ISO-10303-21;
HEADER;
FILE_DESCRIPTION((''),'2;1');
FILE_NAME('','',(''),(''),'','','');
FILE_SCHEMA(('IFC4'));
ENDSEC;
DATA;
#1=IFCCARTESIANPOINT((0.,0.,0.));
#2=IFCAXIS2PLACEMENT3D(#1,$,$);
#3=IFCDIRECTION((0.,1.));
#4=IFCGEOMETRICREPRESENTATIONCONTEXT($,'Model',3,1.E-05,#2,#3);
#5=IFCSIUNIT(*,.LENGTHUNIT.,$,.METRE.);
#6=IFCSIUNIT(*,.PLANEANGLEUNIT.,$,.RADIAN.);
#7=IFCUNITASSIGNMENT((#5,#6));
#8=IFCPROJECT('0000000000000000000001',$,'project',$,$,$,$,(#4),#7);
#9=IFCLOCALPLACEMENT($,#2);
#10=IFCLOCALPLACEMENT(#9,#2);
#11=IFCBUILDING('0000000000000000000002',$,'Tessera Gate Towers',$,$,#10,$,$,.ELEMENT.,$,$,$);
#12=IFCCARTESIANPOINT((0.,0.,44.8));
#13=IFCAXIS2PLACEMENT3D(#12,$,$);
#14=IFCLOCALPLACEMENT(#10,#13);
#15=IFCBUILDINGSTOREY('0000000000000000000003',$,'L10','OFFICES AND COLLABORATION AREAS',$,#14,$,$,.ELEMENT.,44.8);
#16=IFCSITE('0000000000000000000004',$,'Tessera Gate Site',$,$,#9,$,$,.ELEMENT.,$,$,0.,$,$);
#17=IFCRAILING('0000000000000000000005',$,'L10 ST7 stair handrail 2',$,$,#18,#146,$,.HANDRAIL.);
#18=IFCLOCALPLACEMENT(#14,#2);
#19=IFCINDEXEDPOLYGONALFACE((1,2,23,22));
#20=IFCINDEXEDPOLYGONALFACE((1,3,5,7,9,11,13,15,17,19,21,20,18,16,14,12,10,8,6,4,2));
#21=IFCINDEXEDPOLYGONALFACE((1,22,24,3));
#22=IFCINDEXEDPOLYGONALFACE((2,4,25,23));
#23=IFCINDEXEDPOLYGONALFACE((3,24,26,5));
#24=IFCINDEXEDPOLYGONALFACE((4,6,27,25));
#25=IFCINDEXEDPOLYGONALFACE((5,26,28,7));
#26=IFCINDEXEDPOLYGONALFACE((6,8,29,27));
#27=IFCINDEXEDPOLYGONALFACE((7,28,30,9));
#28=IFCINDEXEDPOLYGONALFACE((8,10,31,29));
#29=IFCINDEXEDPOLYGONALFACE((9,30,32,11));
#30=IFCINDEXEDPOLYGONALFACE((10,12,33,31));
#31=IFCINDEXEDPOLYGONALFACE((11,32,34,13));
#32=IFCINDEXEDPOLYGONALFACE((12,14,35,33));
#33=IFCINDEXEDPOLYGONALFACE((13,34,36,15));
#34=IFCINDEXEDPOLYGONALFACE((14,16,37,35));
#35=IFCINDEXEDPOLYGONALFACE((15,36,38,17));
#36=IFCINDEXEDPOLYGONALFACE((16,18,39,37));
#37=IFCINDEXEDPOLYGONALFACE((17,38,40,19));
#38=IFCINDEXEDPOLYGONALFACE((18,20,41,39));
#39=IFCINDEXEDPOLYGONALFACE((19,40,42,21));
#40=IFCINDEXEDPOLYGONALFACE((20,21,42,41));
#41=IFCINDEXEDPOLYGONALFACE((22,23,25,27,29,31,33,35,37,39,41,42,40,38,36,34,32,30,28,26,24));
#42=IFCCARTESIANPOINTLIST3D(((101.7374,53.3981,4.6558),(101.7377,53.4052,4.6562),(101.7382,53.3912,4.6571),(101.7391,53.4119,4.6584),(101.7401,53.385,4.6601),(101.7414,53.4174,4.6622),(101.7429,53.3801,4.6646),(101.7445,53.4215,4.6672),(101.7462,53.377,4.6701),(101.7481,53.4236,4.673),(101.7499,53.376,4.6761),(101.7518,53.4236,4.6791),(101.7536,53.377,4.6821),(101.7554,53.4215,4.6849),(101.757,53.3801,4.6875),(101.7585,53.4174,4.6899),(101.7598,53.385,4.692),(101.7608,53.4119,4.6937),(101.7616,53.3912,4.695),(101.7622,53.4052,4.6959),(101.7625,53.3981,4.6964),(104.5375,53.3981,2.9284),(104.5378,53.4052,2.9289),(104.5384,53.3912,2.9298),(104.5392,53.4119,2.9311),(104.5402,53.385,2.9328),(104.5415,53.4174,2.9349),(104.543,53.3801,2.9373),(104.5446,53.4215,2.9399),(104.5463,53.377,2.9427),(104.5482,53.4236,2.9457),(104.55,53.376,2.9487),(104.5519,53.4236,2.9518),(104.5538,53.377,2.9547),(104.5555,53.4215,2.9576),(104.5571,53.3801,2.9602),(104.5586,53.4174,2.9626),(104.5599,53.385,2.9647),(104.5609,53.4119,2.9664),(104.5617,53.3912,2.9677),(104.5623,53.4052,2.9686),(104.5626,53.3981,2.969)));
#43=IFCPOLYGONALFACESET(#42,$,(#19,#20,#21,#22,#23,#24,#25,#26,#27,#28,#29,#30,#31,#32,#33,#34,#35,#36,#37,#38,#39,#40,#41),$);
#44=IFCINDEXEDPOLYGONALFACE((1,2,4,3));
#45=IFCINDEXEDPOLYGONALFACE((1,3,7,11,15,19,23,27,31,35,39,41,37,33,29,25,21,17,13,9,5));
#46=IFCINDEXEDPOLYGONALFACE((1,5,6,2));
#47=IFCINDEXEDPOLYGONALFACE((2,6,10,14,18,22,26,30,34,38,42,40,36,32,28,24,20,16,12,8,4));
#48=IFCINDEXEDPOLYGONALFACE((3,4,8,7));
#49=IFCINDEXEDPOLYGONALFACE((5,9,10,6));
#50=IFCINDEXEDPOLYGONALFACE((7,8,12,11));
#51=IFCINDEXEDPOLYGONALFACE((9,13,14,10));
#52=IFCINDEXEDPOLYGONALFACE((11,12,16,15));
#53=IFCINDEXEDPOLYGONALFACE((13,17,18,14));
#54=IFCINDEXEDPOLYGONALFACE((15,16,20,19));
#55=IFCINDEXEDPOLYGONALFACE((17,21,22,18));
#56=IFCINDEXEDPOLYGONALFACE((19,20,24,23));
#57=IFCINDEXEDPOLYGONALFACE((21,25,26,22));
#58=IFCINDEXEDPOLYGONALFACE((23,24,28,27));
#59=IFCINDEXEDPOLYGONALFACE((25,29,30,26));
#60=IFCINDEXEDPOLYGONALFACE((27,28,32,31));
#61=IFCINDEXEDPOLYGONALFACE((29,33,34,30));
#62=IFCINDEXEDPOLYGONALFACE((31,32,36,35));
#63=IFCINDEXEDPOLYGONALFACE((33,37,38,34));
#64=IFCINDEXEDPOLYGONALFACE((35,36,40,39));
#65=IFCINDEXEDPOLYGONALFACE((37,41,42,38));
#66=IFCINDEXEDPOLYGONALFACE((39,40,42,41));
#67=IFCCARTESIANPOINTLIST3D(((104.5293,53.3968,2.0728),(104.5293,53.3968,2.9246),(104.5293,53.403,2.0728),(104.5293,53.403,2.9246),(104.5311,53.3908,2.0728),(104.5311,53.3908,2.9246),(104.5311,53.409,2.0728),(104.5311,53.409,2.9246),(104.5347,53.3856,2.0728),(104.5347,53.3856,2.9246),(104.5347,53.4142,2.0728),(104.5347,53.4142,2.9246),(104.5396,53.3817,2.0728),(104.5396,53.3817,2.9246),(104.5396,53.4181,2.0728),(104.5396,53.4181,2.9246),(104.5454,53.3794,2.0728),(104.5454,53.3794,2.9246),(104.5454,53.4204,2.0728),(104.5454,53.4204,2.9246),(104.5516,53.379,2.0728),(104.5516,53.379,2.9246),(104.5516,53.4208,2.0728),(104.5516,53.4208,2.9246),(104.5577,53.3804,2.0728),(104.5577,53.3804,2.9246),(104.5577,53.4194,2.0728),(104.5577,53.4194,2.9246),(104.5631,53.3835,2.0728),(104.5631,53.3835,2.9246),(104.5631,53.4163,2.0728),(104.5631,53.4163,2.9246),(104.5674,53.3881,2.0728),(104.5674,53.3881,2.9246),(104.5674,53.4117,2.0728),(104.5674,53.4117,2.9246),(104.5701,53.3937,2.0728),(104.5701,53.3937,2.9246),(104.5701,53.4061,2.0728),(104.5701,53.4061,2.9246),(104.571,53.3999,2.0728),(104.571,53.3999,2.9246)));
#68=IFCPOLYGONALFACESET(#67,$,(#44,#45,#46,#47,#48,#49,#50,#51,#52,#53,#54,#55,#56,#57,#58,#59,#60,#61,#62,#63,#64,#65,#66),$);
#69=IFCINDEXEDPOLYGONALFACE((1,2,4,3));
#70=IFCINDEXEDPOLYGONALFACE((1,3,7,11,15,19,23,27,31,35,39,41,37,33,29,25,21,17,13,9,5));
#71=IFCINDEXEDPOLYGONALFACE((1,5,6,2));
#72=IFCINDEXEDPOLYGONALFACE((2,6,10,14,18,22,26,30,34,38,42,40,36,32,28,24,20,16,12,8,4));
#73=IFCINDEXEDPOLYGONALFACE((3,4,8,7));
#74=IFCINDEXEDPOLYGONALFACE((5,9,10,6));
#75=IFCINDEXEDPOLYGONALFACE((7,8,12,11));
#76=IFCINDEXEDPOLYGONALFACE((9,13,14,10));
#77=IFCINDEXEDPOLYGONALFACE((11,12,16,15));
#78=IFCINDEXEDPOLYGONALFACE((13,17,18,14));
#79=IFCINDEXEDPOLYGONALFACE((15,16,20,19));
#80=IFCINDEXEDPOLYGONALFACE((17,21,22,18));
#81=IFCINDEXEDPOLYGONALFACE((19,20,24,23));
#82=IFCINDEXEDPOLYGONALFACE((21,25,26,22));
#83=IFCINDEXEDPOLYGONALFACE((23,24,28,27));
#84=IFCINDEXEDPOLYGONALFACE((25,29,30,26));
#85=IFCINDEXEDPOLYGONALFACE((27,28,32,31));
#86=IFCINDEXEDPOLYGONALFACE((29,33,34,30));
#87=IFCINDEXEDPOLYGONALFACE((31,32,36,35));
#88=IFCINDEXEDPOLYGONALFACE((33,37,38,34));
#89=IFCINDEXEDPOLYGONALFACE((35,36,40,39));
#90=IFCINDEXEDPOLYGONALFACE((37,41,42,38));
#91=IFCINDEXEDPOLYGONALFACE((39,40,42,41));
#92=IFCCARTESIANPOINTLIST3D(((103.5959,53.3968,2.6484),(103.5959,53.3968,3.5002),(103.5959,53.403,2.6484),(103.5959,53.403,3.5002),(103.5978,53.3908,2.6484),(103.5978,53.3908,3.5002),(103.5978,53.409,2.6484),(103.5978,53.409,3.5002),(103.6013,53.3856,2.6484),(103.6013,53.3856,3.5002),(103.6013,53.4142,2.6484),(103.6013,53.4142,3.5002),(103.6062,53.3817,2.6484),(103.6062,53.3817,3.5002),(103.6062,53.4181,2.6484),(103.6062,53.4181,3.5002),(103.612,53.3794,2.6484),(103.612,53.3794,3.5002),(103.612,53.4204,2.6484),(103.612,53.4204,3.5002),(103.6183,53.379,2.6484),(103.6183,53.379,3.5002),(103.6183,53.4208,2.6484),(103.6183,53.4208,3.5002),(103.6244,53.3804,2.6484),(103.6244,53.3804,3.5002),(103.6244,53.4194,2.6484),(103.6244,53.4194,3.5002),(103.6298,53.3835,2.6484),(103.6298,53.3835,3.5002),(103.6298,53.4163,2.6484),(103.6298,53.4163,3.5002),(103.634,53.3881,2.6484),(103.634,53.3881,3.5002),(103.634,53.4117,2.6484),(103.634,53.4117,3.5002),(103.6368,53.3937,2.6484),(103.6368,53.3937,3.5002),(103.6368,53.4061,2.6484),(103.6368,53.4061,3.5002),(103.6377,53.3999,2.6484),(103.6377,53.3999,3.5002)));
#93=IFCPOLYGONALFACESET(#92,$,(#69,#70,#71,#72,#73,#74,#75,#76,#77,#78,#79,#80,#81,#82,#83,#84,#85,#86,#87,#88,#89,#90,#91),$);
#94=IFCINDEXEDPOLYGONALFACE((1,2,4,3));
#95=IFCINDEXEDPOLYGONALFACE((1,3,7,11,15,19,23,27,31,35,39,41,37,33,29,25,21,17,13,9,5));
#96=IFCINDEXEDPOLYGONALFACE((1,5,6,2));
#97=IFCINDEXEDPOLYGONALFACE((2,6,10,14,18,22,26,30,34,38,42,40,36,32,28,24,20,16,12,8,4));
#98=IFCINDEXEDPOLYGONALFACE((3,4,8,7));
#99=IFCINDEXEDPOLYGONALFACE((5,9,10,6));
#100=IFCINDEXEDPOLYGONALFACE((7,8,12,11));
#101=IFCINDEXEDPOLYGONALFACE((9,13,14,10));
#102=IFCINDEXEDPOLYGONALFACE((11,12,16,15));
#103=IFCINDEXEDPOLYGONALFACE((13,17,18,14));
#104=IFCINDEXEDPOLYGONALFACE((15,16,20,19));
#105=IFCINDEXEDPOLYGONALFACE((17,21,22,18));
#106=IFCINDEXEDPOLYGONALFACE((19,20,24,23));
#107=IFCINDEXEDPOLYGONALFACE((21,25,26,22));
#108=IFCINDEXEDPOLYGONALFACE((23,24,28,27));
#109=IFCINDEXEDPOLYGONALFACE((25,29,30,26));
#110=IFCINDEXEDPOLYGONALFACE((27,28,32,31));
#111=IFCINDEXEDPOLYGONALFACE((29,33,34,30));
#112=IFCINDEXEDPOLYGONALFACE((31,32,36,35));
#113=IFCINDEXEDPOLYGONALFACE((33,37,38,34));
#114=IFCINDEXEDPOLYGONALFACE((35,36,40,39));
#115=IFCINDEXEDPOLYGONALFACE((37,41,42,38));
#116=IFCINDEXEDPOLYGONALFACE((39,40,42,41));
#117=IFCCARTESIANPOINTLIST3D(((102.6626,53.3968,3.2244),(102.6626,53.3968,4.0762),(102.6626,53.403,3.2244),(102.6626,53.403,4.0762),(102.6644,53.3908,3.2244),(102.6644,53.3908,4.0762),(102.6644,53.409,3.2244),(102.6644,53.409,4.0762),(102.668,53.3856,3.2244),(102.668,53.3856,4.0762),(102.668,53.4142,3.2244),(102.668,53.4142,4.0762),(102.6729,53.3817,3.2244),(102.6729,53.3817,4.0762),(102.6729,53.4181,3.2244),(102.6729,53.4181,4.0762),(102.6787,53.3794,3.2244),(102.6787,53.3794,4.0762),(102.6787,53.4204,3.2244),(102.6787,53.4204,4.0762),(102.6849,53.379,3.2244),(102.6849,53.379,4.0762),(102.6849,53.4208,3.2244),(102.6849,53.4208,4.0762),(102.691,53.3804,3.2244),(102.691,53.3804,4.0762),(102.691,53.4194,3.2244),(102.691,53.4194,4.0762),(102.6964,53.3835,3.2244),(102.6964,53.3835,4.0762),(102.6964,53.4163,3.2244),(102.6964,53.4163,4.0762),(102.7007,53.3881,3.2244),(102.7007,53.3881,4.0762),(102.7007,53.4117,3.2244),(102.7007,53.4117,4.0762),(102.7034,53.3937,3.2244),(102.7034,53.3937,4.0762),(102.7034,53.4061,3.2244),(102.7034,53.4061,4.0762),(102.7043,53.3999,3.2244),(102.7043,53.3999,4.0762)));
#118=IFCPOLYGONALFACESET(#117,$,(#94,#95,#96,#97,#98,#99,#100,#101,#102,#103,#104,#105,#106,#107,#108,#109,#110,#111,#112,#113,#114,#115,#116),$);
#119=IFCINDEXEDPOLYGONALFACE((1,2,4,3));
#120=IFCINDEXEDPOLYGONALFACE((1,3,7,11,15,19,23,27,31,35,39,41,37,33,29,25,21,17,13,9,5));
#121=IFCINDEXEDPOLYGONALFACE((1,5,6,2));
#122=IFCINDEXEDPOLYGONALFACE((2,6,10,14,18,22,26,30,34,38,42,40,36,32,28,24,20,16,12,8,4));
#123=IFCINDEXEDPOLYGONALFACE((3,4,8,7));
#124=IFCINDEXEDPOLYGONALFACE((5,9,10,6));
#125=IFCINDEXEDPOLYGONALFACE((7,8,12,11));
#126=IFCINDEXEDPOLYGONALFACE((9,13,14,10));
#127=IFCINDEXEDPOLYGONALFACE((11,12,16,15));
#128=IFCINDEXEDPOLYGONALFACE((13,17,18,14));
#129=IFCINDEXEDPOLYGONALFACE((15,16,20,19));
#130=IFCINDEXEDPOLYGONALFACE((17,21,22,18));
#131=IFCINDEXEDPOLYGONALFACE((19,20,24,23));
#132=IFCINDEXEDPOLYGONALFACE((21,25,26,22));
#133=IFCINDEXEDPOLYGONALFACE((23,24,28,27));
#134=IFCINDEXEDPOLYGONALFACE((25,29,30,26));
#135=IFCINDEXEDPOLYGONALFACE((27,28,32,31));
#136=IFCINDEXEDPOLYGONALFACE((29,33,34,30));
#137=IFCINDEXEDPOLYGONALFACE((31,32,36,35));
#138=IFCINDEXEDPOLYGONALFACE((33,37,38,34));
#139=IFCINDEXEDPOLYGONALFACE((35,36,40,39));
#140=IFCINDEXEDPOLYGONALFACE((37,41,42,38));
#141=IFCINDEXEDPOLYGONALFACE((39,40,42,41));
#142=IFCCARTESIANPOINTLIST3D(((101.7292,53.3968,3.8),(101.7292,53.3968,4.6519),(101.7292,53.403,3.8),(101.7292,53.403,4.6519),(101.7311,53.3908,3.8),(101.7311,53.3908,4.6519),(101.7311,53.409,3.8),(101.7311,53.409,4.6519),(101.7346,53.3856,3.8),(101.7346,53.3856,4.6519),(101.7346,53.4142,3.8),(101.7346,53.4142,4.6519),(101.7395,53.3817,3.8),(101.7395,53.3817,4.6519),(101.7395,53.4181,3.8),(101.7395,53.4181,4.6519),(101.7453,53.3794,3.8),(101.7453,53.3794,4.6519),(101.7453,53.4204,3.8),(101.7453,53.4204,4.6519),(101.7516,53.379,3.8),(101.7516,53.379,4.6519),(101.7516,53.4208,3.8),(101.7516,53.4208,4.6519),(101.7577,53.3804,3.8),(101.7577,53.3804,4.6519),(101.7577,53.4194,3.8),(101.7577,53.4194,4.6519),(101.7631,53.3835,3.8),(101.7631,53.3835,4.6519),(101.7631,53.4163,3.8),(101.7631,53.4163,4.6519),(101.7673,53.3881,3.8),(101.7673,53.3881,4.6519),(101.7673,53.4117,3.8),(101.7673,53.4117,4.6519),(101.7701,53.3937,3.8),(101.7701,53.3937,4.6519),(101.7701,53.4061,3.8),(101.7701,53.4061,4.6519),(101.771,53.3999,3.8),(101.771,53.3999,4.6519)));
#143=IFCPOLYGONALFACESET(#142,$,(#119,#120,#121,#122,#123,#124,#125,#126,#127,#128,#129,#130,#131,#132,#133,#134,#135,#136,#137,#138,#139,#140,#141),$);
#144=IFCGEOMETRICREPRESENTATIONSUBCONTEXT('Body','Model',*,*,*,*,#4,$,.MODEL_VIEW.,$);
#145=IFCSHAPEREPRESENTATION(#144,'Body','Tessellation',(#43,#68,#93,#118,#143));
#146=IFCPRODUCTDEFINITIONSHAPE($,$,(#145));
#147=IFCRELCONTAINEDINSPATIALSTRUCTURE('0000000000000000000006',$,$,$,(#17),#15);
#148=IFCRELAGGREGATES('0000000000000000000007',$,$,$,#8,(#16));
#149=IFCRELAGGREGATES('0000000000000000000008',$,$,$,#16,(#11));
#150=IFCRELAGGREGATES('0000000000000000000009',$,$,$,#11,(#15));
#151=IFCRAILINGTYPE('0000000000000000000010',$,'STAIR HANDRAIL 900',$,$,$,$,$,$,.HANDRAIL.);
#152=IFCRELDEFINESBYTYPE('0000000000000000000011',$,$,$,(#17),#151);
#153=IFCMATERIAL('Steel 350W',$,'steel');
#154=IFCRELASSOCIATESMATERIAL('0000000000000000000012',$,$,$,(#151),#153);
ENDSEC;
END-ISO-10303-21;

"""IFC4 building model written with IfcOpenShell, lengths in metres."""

from ifc_helpers import new_model, si_unit, direction, frame, origin, origin_2d, place, context, subcontext, project, spatial, circle, extrude, material, type_object, element, save


model = new_model("IFC4")

# Units and contexts
model_context = context("Model", 3, precision=1e-05, world=origin(), true_north=direction((0.0, 1.0)))
body_context = subcontext(model_context, "Body", "Model", "MODEL_VIEW")
ifc_project = project(units=[si_unit("LENGTHUNIT", "METRE"), si_unit("PLANEANGLEUNIT", "RADIAN")], contexts=[model_context])

# Site, building, storey
site_placement = place(None, origin())
site = spatial("IfcSite", under=ifc_project, at=site_placement, Name="Tessera Gate Site", CompositionType="ELEMENT", RefElevation=0.0)
building_placement = place(site_placement, origin())
building = spatial("IfcBuilding", under=site, at=building_placement, Name="Tessera Gate Towers", CompositionType="ELEMENT")
storey_placement = place(building_placement, frame((0.0, 0.0, 44.8)))
storey = spatial("IfcBuildingStorey", under=building, at=storey_placement, Name="L10", Description="OFFICES AND COLLABORATION AREAS", CompositionType="ELEMENT", Elevation=44.8)

# Railing
ifc_material_1 = material(Name="Steel 350W", Category="steel")
railing_type_1 = type_object("IfcRailingType", Name="STAIR HANDRAIL 900", PredefinedType="HANDRAIL", material=ifc_material_1)
railing_1_placement = place(storey_placement, frame((104.55, 53.3999, 2.0728)))
element("IfcRailing", 1, at=railing_1_placement, inside=storey, type_object=railing_type_1, Name="L10 ST7 stair handrail 2", PredefinedType="HANDRAIL", context=body_context, shape_type="SweptSolid", body=[
    extrude(circle(Radius=0.0239, at=origin_2d()), frame((0.0, 0.0, 0.876), z_axis=(-0.85109, 0.0, 0.52502), x_axis=(0.0, -1.0, 0.0)), (0.0, 0.0, 1.0), 3.29),
    extrude(circle(Radius=0.021, at=origin_2d()), origin(), (0.0, 0.0, 1.0), 0.8518),
    extrude(circle(Radius=0.021, at=origin_2d()), frame((-0.9333, 0.0, 0.5757)), (0.0, 0.0, 1.0), 0.8518),
    extrude(circle(Radius=0.021, at=origin_2d()), frame((-1.8667, 0.0, 1.1516)), (0.0, 0.0, 1.0), 0.8518),
    extrude(circle(Radius=0.021, at=origin_2d()), frame((-2.8, 0.0, 1.7273)), (0.0, 0.0, 1.0), 0.8518),
])

save(model, "model.ifc")
